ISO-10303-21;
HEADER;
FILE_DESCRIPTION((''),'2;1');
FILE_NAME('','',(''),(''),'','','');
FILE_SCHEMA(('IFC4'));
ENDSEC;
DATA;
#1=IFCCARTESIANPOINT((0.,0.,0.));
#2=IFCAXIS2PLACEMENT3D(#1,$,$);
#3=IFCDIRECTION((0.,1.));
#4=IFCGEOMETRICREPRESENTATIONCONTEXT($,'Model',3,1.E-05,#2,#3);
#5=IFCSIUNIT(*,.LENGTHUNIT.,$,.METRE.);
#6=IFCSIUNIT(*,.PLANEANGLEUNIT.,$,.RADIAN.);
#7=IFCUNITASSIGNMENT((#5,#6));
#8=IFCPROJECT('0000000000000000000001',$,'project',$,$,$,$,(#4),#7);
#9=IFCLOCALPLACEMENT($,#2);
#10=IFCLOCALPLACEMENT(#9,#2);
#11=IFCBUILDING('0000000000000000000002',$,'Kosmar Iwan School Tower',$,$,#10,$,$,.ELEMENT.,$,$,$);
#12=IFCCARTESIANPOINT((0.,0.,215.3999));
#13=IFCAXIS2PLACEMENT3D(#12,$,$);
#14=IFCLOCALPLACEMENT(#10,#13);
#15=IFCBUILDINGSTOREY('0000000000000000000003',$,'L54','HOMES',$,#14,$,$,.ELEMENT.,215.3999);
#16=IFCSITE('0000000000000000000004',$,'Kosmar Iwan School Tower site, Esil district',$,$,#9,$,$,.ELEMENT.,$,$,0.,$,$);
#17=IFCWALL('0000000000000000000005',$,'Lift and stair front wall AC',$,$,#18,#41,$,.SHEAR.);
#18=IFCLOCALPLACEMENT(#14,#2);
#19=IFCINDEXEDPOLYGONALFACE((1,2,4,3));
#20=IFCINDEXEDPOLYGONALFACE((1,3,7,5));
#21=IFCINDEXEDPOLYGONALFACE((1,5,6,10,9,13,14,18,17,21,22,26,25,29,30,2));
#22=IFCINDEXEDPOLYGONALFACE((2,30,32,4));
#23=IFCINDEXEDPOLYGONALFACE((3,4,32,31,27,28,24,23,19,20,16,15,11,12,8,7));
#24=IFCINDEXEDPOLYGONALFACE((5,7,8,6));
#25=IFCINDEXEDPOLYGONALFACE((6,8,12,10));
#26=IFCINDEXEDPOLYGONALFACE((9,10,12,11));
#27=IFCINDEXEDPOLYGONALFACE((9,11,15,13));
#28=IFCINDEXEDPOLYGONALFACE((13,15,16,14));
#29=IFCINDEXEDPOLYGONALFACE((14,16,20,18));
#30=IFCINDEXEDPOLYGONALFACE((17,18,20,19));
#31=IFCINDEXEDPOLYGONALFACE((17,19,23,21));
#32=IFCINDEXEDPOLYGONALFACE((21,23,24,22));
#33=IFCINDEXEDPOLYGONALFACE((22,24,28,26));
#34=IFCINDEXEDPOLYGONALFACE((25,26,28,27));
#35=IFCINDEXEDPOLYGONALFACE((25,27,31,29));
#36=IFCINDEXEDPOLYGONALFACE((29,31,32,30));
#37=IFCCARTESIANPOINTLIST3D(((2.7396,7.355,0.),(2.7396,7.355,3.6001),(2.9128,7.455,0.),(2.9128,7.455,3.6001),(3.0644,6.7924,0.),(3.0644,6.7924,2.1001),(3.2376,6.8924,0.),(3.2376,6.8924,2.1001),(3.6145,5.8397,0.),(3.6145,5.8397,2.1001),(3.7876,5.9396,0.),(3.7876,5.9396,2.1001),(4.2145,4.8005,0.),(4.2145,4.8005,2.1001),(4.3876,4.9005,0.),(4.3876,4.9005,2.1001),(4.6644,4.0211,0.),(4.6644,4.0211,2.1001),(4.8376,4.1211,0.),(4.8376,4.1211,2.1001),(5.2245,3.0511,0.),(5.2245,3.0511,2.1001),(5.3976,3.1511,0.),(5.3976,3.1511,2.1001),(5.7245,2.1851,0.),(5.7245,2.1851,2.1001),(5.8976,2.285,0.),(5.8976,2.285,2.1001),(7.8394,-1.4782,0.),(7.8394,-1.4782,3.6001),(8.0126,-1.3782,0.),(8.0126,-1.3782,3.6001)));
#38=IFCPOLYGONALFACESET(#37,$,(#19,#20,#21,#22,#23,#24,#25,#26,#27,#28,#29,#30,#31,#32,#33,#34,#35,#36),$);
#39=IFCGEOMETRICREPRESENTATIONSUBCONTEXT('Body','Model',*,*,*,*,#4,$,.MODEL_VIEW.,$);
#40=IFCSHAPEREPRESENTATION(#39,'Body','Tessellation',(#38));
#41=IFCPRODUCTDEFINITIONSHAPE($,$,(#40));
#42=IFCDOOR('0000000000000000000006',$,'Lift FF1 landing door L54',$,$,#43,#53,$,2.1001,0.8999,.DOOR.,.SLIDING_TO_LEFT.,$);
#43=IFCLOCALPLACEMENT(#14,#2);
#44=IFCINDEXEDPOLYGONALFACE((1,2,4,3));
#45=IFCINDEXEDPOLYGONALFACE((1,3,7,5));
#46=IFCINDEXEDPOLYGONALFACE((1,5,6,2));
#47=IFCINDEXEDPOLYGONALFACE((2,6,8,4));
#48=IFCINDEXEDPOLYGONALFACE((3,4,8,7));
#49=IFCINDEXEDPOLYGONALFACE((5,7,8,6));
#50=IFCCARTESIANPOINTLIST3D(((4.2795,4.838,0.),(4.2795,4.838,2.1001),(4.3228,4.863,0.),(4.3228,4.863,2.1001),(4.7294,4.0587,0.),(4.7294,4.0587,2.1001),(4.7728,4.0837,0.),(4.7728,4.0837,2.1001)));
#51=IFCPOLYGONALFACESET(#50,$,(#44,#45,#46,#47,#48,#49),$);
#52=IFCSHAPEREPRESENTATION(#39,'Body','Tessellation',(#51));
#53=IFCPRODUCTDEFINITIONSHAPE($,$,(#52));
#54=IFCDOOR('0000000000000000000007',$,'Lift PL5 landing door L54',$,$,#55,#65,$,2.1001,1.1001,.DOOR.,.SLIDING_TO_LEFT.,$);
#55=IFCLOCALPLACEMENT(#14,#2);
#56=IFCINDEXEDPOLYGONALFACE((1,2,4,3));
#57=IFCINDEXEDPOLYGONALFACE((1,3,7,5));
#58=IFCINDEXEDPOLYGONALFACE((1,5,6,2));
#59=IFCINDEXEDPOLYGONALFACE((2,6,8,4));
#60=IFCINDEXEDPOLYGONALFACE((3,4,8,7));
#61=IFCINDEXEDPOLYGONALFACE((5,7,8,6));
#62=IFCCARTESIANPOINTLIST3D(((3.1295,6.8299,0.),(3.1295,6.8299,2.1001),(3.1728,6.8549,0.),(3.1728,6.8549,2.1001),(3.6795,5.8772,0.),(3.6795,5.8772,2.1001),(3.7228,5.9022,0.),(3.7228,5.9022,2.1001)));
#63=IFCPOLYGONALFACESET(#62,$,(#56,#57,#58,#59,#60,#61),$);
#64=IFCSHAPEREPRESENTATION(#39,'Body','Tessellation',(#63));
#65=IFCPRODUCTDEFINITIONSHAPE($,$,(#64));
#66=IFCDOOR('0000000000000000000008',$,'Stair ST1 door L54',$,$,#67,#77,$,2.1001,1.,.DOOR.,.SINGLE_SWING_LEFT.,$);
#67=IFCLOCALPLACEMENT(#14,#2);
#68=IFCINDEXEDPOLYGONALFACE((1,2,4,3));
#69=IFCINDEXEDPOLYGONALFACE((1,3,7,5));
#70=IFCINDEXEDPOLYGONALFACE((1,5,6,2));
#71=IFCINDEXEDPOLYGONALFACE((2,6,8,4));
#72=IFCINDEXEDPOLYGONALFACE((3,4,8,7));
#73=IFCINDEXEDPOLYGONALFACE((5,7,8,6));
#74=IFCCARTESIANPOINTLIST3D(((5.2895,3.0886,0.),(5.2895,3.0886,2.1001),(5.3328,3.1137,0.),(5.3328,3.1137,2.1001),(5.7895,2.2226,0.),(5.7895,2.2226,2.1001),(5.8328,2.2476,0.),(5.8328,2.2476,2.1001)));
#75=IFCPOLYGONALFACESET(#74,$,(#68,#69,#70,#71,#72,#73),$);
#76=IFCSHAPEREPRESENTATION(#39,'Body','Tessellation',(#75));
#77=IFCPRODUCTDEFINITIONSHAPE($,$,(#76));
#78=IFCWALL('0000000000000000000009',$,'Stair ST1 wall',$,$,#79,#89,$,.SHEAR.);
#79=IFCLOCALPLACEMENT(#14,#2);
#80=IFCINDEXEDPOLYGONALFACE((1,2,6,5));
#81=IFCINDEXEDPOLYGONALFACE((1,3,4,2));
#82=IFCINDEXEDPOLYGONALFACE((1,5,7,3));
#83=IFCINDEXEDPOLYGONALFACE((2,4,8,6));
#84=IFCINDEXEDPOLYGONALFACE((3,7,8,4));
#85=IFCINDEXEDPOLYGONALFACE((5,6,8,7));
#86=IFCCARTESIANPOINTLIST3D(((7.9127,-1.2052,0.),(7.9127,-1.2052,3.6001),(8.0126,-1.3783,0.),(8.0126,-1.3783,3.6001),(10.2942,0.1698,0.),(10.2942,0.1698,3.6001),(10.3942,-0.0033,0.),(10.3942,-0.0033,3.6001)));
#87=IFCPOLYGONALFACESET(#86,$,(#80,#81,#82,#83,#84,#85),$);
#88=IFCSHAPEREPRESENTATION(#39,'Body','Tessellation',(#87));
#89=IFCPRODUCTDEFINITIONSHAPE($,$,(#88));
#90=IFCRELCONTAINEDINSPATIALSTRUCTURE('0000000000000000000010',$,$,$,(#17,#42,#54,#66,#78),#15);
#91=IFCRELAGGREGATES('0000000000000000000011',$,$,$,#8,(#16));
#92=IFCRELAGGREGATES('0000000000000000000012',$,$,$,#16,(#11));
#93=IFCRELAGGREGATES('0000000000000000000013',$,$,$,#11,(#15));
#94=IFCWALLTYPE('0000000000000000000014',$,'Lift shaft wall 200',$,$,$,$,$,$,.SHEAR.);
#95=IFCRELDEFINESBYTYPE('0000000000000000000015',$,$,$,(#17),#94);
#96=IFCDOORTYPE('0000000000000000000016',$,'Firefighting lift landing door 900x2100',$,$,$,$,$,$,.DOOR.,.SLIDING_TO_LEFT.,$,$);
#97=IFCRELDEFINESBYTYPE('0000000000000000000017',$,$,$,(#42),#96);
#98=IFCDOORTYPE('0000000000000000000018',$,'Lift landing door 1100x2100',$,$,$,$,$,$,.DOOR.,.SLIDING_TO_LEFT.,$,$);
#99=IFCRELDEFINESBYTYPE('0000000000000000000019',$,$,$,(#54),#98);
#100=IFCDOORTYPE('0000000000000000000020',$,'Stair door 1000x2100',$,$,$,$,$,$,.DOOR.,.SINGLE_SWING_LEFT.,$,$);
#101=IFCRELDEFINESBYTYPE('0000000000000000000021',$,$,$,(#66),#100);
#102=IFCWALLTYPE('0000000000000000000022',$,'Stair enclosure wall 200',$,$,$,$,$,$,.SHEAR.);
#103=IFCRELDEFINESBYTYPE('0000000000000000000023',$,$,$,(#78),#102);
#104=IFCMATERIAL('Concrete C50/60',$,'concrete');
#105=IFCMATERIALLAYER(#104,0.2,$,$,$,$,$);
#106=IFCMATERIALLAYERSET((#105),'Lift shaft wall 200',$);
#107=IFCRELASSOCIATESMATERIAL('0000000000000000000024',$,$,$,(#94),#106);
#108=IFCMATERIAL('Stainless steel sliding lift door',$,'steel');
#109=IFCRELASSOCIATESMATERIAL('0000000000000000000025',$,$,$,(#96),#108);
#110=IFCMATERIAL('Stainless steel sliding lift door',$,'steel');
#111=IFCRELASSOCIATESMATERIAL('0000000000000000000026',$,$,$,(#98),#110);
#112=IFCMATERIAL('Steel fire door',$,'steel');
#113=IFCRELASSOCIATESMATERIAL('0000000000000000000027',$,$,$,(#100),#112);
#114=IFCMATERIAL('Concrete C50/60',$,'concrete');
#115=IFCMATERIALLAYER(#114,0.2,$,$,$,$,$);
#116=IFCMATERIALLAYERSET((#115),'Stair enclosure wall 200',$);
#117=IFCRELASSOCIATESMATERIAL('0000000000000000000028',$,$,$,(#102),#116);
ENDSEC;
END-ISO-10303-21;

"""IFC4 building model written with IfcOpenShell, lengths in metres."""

from ifc_helpers import new_model, si_unit, direction, frame, frame_2d, origin, place, context, subcontext, project, spatial, rectangle, extrude, material, layer, layer_set, type_object, element, fill, save


model = new_model("IFC4")

# Units and contexts
model_context = context("Model", 3, precision=1e-05, world=origin(), true_north=direction((0.0, 1.0)))
body_context = subcontext(model_context, "Body", "Model", "MODEL_VIEW")
ifc_project = project(units=[si_unit("LENGTHUNIT", "METRE"), si_unit("PLANEANGLEUNIT", "RADIAN")], contexts=[model_context])

# Site, building, storey
site_placement = place(None, origin())
site = spatial("IfcSite", under=ifc_project, at=site_placement, Name="Kosmar Iwan School Tower site, Esil district", CompositionType="ELEMENT", RefElevation=0.0)
building_placement = place(site_placement, origin())
building = spatial("IfcBuilding", under=site, at=building_placement, Name="Kosmar Iwan School Tower", CompositionType="ELEMENT")
storey_placement = place(building_placement, frame((0.0, 0.0, 215.3999)))
storey = spatial("IfcBuildingStorey", under=building, at=storey_placement, Name="L54", Description="HOMES", CompositionType="ELEMENT", Elevation=215.3999)

# Wall, openings, doors
ifc_material_1 = material(Name="Concrete C50/60", Category="concrete")
ifc_layer_1 = layer(ifc_material_1, 0.2)
ifc_layer_set_1 = layer_set([ifc_layer_1], Name="Lift shaft wall 200")
wall_type_1 = type_object("IfcWallType", Name="Lift shaft wall 200", PredefinedType="SHEAR", material=ifc_layer_set_1)
wall_1_placement = place(storey_placement, frame((7.926, -1.4282, 0.0), z_axis=(0.0, 0.0, 1.0), x_axis=(-0.499998, 0.866027, 0.0)))
wall_1 = element("IfcWall", 1, at=wall_1_placement, inside=storey, type_object=wall_type_1, Name="Lift and stair front wall AC", PredefinedType="SHEAR", context=body_context, shape_type="SweptSolid", body=[
    extrude(rectangle(XDim=10.1997, YDim=0.2, at=frame_2d((5.0999, 0.0))), origin(), (0.0, 0.0, 1.0), 3.6001),
])
opening_1_placement = place(wall_1_placement, frame((6.3501, 0.0, 0.0)))
opening_1 = element("IfcOpeningElement", 2, at=opening_1_placement, cuts=wall_1, PredefinedType="OPENING", context=body_context, shape_type="SweptSolid", body=[
    extrude(rectangle(XDim=0.8999, YDim=2.1001, at=frame_2d((0.45, 1.05))), frame((0.0, 0.1121, 0.0), z_axis=(0.0, -1.0, 0.0), x_axis=(1.0, 0.0, 0.0)), (0.0, 0.0, 1.0), 0.2239),
])
opening_2_placement = place(wall_1_placement, frame((8.45, 0.0, 0.0)))
opening_2 = element("IfcOpeningElement", 3, at=opening_2_placement, cuts=wall_1, PredefinedType="OPENING", context=body_context, shape_type="SweptSolid", body=[
    extrude(rectangle(XDim=1.1001, YDim=2.1001, at=frame_2d((0.55, 1.05))), frame((0.0, 0.1121, 0.0), z_axis=(0.0, -1.0, 0.0), x_axis=(1.0, 0.0, 0.0)), (0.0, 0.0, 1.0), 0.2239),
])
opening_3_placement = place(wall_1_placement, frame((4.23, 0.0, 0.0)))
opening_3 = element("IfcOpeningElement", 4, at=opening_3_placement, cuts=wall_1, PredefinedType="OPENING", context=body_context, shape_type="SweptSolid", body=[
    extrude(rectangle(XDim=1.0, YDim=2.1001, at=frame_2d((0.5, 1.05))), frame((0.0, 0.1121, 0.0), z_axis=(0.0, -1.0, 0.0), x_axis=(1.0, 0.0, 0.0)), (0.0, 0.0, 1.0), 0.2239),
])
ifc_material_2 = material(Name="Stainless steel sliding lift door", Category="steel")
door_type_1 = type_object("IfcDoorType", Name="Firefighting lift landing door 900x2100", OperationType="SLIDING_TO_LEFT", PredefinedType="DOOR", material=ifc_material_2)
door_1_placement = place(opening_1_placement, origin())
door_1 = element("IfcDoor", 5, at=door_1_placement, inside=storey, type_object=door_type_1, Name="Lift FF1 landing door L54", OperationType="SLIDING_TO_LEFT", OverallHeight=2.1001, OverallWidth=0.8999, PredefinedType="DOOR", context=body_context, shape_type="SweptSolid", body=[
    extrude(rectangle(XDim=0.8999, YDim=2.1001, at=frame_2d((0.45, 1.05))), frame((0.0, 0.0249, 0.0), z_axis=(0.0, -1.0, 0.0), x_axis=(1.0, 0.0, 0.0)), (0.0, 0.0, 1.0), 0.05),
])
fill(opening_1, door_1)
ifc_material_3 = material(Name="Stainless steel sliding lift door", Category="steel")
door_type_2 = type_object("IfcDoorType", Name="Lift landing door 1100x2100", OperationType="SLIDING_TO_LEFT", PredefinedType="DOOR", material=ifc_material_3)
door_2_placement = place(opening_2_placement, origin())
door_2 = element("IfcDoor", 6, at=door_2_placement, inside=storey, type_object=door_type_2, Name="Lift PL5 landing door L54", OperationType="SLIDING_TO_LEFT", OverallHeight=2.1001, OverallWidth=1.1001, PredefinedType="DOOR", context=body_context, shape_type="SweptSolid", body=[
    extrude(rectangle(XDim=1.1001, YDim=2.1001, at=frame_2d((0.55, 1.05))), frame((0.0, 0.0249, 0.0), z_axis=(0.0, -1.0, 0.0), x_axis=(1.0, 0.0, 0.0)), (0.0, 0.0, 1.0), 0.05),
])
fill(opening_2, door_2)
ifc_material_4 = material(Name="Steel fire door", Category="steel")
door_type_3 = type_object("IfcDoorType", Name="Stair door 1000x2100", OperationType="SINGLE_SWING_LEFT", PredefinedType="DOOR", material=ifc_material_4)
door_3_placement = place(opening_3_placement, origin())
door_3 = element("IfcDoor", 7, at=door_3_placement, inside=storey, type_object=door_type_3, Name="Stair ST1 door L54", OperationType="SINGLE_SWING_LEFT", OverallHeight=2.1001, OverallWidth=1.0, PredefinedType="DOOR", context=body_context, shape_type="SweptSolid", body=[
    extrude(rectangle(XDim=1.0, YDim=2.1001, at=frame_2d((0.5, 1.05))), frame((0.0, 0.0249, 0.0), z_axis=(0.0, -1.0, 0.0), x_axis=(1.0, 0.0, 0.0)), (0.0, 0.0, 1.0), 0.05),
])
fill(opening_3, door_3)

# Wall
ifc_material_5 = material(Name="Concrete C50/60", Category="concrete")
ifc_layer_2 = layer(ifc_material_5, 0.2)
ifc_layer_set_2 = layer_set([ifc_layer_2], Name="Stair enclosure wall 200")
wall_type_2 = type_object("IfcWallType", Name="Stair enclosure wall 200", PredefinedType="SHEAR", material=ifc_layer_set_2)
wall_2_placement = place(storey_placement, frame((7.9626, -1.2917, 0.0), z_axis=(0.0, 0.0, 1.0), x_axis=(0.866027, 0.499997, 0.0)))
element("IfcWall", 8, at=wall_2_placement, inside=storey, type_object=wall_type_2, Name="Stair ST1 wall", PredefinedType="SHEAR", context=body_context, shape_type="SweptSolid", body=[
    extrude(rectangle(XDim=2.75, YDim=0.2, at=frame_2d((1.375, 0.0))), origin(), (0.0, 0.0, 1.0), 3.6001),
])

save(model, "model.ifc")
